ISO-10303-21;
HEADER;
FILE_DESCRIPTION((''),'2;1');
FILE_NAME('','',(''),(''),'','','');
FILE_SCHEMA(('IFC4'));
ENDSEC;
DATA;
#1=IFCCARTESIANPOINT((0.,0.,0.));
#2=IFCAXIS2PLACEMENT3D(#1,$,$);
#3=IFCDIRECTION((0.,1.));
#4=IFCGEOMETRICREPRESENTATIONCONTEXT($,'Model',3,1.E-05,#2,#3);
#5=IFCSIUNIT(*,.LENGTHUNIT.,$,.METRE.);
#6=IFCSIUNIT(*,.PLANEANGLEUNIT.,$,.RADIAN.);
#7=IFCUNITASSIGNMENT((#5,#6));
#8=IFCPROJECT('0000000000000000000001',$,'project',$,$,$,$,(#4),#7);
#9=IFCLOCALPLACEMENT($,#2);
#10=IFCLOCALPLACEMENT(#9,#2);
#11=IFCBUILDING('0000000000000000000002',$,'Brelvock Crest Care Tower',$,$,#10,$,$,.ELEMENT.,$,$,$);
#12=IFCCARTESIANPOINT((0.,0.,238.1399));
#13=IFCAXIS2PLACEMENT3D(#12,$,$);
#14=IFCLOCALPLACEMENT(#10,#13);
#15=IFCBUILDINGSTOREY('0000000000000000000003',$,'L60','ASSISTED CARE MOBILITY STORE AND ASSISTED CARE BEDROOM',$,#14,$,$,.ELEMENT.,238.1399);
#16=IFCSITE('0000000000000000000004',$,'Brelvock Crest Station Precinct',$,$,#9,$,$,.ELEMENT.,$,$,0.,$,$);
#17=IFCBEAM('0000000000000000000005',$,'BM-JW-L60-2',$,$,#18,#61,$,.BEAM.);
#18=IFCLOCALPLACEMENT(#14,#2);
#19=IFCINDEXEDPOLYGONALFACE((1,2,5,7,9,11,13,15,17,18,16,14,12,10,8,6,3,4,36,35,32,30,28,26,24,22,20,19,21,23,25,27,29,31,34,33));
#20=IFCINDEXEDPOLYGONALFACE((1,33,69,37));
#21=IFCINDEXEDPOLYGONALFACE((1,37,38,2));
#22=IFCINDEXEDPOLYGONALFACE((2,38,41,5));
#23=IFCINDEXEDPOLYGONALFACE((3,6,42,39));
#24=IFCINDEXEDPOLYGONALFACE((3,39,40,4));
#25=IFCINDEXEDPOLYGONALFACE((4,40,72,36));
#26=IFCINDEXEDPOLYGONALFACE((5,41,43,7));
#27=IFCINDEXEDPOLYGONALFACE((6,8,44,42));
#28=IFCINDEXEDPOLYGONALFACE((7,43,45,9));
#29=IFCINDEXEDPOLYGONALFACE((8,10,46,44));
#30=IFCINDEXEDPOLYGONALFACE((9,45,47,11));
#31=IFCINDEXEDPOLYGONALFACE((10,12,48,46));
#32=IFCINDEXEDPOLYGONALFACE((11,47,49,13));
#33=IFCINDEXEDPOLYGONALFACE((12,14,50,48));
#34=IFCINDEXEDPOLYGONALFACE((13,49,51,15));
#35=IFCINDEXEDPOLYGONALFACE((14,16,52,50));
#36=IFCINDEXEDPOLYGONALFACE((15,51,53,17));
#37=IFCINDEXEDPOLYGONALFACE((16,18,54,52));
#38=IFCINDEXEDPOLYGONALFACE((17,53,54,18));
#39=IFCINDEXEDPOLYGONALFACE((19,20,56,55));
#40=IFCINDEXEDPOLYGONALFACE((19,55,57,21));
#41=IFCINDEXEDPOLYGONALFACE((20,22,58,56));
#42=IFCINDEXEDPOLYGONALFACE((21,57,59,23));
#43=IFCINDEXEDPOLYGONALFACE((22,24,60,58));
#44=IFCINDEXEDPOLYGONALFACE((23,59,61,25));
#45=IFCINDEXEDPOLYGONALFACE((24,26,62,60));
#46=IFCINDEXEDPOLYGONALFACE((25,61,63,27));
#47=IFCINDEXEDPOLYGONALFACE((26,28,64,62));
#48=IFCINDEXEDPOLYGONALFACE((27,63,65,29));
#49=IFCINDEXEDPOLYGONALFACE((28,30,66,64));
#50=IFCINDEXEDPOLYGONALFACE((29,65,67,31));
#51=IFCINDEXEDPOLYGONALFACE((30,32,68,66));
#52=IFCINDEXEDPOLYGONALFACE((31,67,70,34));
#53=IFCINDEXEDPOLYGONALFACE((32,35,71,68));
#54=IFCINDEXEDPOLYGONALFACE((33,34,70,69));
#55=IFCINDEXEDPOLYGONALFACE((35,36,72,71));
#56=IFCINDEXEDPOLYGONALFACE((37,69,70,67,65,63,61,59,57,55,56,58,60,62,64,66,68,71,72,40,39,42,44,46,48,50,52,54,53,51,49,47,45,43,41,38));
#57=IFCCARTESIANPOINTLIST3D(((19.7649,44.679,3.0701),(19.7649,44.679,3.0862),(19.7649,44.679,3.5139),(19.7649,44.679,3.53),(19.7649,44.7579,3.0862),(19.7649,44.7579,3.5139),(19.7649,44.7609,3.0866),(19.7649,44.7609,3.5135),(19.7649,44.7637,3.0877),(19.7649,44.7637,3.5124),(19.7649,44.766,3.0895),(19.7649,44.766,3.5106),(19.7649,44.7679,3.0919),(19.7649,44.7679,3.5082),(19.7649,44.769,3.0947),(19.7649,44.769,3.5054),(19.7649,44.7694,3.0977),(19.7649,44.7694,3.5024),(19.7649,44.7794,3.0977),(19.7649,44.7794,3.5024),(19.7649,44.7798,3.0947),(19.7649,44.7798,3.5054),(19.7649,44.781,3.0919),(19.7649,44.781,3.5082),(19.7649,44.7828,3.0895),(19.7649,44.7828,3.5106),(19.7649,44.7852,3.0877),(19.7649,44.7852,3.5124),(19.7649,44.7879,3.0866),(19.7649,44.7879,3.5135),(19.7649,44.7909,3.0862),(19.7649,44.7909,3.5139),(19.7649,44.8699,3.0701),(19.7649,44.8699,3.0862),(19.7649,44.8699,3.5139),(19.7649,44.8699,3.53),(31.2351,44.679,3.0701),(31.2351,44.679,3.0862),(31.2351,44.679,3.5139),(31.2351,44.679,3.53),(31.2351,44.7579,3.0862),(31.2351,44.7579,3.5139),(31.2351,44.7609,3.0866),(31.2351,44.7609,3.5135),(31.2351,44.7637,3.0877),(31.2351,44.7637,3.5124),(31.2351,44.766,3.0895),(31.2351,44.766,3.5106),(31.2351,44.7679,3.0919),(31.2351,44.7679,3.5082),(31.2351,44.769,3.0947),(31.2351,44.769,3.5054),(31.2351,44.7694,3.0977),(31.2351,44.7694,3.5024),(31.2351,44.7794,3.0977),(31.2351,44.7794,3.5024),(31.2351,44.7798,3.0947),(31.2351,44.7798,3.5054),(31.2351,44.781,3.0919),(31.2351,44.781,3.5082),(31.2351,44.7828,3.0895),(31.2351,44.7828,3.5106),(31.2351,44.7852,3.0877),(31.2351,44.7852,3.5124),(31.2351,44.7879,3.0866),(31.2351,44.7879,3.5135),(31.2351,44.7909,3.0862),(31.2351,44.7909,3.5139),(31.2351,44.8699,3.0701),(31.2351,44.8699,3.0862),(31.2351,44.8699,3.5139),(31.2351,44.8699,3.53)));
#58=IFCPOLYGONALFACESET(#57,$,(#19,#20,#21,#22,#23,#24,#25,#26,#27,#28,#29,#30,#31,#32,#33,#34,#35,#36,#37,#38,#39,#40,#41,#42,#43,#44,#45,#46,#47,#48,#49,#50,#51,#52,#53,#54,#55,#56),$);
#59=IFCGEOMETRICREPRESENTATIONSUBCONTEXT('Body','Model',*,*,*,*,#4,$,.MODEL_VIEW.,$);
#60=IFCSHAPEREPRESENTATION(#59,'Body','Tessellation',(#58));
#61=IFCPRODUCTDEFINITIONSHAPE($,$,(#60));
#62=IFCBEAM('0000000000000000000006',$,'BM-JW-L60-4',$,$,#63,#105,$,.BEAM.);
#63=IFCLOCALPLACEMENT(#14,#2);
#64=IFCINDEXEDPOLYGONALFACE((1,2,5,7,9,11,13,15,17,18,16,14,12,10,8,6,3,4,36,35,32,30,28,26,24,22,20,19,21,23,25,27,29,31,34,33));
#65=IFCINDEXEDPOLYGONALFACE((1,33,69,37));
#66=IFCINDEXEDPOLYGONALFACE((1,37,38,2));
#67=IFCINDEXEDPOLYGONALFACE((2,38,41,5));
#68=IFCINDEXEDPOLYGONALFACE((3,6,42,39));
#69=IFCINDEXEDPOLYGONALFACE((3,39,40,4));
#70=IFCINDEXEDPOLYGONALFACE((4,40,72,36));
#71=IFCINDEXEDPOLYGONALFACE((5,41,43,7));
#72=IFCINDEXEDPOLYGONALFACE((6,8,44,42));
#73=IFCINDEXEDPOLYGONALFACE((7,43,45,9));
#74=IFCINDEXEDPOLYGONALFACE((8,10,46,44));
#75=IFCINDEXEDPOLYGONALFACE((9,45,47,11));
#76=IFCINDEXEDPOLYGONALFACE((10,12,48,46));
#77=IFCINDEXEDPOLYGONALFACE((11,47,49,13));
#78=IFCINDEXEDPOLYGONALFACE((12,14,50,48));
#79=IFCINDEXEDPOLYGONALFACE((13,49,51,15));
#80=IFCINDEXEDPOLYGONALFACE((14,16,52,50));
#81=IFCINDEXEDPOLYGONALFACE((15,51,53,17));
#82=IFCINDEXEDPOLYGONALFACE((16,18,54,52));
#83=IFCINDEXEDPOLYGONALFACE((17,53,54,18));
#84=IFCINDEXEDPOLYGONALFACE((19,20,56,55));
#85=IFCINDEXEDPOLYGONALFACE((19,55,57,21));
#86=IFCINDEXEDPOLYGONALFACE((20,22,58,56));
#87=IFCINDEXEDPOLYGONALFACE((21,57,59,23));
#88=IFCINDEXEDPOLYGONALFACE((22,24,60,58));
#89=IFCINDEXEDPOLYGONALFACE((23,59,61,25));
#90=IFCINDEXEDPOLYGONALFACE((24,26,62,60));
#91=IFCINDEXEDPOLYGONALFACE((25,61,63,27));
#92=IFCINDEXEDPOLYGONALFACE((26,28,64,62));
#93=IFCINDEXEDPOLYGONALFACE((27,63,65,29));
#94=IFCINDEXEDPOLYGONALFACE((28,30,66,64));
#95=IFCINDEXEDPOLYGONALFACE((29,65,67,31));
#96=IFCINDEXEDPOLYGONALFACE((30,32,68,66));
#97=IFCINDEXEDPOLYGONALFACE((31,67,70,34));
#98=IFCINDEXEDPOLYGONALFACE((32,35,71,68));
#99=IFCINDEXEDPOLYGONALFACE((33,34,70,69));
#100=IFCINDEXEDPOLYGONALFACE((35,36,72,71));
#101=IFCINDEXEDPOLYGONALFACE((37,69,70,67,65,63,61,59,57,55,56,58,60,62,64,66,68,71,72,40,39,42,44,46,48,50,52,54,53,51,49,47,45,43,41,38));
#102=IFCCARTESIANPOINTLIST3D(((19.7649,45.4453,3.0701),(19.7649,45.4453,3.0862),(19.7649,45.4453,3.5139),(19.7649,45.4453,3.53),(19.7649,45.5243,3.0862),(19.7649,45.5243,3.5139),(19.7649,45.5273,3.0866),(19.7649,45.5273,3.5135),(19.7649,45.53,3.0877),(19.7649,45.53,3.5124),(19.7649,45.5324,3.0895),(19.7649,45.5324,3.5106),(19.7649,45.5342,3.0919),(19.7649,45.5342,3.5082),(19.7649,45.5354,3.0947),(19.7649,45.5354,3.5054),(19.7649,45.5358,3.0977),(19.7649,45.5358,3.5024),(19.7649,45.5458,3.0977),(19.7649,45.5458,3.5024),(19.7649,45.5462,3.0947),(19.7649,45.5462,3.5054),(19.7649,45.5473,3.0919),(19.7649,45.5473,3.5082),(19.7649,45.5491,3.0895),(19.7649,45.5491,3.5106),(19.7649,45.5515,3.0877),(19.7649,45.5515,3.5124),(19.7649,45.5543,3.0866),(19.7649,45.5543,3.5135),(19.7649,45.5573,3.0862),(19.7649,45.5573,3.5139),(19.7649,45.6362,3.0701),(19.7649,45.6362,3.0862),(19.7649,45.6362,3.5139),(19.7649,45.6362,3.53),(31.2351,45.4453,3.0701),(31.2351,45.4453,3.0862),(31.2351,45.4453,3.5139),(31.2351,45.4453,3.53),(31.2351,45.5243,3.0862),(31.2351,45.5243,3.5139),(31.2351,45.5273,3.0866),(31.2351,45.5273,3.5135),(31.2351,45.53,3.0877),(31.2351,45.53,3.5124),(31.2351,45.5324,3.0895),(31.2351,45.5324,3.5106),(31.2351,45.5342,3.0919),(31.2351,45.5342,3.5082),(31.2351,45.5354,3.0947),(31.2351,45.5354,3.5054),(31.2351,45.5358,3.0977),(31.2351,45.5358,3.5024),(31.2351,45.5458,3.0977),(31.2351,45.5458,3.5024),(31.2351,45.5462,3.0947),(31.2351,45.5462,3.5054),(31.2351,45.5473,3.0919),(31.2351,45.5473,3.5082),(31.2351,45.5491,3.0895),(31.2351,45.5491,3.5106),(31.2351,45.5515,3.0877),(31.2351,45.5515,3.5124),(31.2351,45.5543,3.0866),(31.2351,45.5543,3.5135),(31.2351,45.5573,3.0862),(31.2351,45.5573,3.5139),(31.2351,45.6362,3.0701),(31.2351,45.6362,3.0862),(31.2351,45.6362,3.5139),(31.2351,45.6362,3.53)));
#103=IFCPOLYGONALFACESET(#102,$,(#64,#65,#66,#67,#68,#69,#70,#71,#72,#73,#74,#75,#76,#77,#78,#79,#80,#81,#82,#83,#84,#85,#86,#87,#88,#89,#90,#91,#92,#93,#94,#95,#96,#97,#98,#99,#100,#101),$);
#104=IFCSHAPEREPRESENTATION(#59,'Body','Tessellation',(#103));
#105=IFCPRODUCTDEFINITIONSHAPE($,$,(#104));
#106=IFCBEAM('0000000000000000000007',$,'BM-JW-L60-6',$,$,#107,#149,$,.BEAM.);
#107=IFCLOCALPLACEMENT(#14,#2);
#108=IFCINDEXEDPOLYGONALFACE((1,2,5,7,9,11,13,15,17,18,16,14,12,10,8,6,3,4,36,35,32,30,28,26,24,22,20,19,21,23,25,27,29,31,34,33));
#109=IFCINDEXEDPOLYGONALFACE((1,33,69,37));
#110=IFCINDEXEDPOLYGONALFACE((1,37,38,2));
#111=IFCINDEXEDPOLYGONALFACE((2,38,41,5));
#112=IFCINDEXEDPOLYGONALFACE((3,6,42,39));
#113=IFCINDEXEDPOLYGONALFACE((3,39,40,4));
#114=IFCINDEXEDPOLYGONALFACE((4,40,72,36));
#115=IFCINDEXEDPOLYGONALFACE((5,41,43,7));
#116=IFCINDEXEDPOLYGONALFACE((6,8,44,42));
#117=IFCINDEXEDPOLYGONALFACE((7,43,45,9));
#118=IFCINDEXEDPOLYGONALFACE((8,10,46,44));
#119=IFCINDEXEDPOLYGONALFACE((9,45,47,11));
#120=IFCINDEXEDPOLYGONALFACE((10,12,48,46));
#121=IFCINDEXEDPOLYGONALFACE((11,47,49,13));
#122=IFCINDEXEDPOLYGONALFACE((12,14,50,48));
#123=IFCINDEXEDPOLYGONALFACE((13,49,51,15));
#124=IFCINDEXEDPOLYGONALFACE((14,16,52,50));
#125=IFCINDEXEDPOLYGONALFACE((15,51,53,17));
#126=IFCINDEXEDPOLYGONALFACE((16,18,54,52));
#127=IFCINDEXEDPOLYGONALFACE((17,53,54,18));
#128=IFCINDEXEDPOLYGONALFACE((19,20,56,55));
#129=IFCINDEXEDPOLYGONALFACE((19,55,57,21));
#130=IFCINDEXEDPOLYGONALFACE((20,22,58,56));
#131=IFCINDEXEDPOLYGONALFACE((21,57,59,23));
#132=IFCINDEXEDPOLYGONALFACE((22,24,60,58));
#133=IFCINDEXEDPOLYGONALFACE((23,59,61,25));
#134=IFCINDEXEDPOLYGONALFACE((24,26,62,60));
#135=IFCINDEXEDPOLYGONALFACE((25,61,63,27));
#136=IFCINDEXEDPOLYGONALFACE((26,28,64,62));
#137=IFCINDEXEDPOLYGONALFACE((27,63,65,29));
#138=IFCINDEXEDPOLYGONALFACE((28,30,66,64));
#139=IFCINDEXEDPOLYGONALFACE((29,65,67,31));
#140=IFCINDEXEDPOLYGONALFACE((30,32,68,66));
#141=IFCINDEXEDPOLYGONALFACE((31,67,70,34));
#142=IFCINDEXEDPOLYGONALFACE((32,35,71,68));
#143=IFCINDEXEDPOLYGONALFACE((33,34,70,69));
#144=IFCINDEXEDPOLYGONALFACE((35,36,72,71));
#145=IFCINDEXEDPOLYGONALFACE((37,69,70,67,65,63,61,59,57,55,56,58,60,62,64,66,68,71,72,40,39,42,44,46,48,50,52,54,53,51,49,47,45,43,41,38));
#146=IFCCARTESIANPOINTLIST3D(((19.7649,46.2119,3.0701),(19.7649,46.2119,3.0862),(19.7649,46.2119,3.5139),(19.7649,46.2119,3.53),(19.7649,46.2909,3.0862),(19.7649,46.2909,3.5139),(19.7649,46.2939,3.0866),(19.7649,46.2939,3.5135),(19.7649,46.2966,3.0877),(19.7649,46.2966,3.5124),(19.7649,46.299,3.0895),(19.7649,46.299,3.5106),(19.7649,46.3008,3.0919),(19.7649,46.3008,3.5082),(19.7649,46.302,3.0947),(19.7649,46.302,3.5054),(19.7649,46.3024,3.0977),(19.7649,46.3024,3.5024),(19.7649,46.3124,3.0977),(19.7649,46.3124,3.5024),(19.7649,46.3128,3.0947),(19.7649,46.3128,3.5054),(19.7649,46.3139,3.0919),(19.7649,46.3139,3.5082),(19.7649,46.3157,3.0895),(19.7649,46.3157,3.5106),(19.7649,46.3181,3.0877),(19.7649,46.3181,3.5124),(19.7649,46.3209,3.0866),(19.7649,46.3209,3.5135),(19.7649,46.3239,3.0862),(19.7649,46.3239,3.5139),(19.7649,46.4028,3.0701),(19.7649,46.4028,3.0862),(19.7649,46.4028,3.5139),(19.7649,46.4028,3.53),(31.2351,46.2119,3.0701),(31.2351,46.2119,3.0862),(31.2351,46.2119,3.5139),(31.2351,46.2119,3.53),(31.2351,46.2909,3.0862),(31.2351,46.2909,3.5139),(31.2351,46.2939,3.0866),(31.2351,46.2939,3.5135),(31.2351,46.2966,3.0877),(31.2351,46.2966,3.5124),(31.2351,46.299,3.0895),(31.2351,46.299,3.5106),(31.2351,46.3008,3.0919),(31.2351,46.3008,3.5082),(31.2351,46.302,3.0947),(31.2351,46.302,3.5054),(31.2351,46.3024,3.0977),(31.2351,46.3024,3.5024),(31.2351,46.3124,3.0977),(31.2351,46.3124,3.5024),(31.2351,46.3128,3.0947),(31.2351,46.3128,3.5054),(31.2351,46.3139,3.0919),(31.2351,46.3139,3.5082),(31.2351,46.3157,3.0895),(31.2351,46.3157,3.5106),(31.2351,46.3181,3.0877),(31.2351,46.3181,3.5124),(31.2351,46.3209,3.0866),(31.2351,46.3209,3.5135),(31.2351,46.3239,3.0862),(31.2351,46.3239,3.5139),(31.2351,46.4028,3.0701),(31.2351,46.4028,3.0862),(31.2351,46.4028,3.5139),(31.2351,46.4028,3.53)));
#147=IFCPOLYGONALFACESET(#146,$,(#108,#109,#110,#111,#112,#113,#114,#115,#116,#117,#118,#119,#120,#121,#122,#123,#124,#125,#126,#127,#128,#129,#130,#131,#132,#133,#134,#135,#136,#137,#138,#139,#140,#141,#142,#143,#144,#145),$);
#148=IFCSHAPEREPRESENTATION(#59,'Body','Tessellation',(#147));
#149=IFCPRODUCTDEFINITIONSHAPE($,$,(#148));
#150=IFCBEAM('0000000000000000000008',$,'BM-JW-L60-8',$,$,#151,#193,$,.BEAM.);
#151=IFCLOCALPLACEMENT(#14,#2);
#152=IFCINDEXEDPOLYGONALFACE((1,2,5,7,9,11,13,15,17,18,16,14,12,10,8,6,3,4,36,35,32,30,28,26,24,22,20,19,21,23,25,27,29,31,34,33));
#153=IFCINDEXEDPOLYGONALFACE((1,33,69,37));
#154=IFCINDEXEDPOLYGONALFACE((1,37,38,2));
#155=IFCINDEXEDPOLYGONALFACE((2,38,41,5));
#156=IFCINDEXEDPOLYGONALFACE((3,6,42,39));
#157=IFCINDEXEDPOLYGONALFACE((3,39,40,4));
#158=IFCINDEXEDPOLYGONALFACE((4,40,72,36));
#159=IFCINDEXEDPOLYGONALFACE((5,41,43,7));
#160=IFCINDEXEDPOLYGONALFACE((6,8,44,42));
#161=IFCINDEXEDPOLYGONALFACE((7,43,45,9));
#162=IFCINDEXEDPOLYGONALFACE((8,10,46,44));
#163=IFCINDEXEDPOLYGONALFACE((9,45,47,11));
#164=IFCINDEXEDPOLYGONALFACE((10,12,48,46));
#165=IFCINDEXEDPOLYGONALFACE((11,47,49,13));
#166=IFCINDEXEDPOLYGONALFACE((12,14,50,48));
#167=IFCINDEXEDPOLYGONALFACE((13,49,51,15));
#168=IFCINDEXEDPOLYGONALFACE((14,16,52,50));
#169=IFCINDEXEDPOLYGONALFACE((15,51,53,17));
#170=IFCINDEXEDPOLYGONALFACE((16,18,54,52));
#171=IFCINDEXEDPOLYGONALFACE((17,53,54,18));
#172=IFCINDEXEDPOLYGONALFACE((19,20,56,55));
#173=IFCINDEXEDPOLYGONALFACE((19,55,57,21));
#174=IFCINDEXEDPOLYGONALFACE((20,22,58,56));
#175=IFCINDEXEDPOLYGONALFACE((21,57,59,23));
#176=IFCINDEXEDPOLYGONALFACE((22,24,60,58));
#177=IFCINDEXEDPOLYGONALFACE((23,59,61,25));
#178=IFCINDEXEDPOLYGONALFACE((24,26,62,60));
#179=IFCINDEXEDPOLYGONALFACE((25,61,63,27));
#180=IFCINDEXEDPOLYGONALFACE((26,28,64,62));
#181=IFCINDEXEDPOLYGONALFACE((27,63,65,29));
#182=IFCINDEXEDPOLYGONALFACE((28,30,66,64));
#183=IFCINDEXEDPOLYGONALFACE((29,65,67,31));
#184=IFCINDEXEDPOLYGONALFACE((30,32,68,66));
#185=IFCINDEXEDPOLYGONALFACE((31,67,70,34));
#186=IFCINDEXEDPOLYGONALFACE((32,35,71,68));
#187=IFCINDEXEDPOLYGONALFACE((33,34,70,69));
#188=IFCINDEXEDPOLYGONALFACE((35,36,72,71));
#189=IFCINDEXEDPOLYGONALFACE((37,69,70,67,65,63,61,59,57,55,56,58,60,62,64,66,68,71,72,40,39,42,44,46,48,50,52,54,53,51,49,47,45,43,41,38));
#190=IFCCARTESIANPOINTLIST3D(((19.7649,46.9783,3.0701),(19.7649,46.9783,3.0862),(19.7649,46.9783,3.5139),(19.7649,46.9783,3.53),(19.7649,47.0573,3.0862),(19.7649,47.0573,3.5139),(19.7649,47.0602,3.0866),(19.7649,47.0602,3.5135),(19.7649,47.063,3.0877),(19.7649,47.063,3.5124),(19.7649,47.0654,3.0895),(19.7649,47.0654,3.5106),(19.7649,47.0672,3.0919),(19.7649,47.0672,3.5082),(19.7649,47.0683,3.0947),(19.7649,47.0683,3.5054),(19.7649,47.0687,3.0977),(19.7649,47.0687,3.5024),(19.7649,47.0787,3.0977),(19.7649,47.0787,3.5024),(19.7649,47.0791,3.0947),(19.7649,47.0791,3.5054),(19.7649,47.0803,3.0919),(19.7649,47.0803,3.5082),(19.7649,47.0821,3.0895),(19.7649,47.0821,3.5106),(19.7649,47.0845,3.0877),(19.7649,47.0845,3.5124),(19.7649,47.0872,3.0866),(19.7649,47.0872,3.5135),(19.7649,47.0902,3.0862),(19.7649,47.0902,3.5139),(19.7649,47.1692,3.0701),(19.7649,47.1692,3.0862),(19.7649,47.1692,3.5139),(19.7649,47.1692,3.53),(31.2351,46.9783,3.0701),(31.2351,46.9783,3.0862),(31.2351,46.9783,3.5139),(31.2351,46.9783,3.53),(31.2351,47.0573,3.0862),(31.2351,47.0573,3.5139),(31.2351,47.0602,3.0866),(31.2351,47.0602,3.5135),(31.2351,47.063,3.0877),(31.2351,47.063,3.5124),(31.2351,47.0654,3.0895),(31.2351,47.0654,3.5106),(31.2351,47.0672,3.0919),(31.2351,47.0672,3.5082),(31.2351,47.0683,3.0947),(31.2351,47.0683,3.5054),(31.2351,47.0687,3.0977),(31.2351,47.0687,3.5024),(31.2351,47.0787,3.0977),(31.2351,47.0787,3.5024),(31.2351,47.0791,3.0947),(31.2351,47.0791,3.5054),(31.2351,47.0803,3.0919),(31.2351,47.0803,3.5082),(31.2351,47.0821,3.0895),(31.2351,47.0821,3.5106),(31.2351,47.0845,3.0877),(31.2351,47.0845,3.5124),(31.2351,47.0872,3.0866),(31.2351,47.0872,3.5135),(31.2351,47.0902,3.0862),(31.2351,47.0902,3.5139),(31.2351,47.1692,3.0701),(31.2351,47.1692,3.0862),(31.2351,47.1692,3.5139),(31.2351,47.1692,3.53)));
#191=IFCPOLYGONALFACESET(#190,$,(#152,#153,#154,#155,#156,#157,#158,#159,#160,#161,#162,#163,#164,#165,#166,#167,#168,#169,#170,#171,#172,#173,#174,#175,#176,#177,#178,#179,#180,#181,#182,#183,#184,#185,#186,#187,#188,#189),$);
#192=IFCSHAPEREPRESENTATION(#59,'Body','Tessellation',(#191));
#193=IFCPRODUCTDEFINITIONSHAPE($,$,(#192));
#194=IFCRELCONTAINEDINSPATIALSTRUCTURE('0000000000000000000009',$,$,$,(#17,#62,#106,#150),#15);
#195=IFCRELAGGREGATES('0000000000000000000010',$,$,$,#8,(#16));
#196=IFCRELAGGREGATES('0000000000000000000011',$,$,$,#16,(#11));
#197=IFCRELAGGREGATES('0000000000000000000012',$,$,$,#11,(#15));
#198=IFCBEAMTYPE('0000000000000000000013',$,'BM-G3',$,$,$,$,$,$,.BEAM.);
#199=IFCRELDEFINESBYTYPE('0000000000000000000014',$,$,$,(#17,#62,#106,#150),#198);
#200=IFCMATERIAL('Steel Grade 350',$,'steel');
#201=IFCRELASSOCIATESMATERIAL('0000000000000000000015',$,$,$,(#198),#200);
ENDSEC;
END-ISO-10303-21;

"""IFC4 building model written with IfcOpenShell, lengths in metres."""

from ifc_helpers import new_model, si_unit, direction, frame, origin, origin_2d, place, context, subcontext, project, spatial, i_section, extrude, source, transform, mapped, material, material_profile, profile_set, type_object, element, save


model = new_model("IFC4")

# Units and contexts
model_context = context("Model", 3, precision=1e-05, world=origin(), true_north=direction((0.0, 1.0)))
body_context = subcontext(model_context, "Body", "Model", "MODEL_VIEW")
ifc_project = project(units=[si_unit("LENGTHUNIT", "METRE"), si_unit("PLANEANGLEUNIT", "RADIAN")], contexts=[model_context])

# Site, building, storey
site_placement = place(None, origin())
site = spatial("IfcSite", under=ifc_project, at=site_placement, Name="Brelvock Crest Station Precinct", CompositionType="ELEMENT", RefElevation=0.0)
building_placement = place(site_placement, origin())
building = spatial("IfcBuilding", under=site, at=building_placement, Name="Brelvock Crest Care Tower", CompositionType="ELEMENT")
storey_placement = place(building_placement, frame((0.0, 0.0, 238.1399)))
storey = spatial("IfcBuildingStorey", under=building, at=storey_placement, Name="L60", Description="ASSISTED CARE MOBILITY STORE AND ASSISTED CARE BEDROOM", CompositionType="ELEMENT", Elevation=238.1399)

# Beams
ifc_material_1 = material(Name="Steel Grade 350", Category="steel")
ifc_material_profile_1 = material_profile(ifc_material_1, i_section(OverallWidth=0.1909, OverallDepth=0.46, WebThickness=0.01, FlangeThickness=0.0161, FilletRadius=0.0115, at=origin_2d()), Name="460UB82.1")
ifc_profile_set_1 = profile_set([ifc_material_profile_1], Name="Steel Grade 350")
beam_type_1 = type_object("IfcBeamType", Name="BM-G3", PredefinedType="BEAM", material=ifc_profile_set_1)
shared_shape_1 = source(origin(), body_context, "Body", "SweptSolid", [
    extrude(i_section(OverallWidth=0.1909, OverallDepth=0.46, WebThickness=0.01, FlangeThickness=0.0161, FilletRadius=0.0115, at=origin_2d()), origin(), (0.0, 0.0, 1.0), 11.4702),
])
for number, where, z_axis, x_axis, name in (
    (1, (19.7649, 44.7744, 3.3), (1.0, 0.0, 0.0), (0.0, 1.0, 0.0), "BM-JW-L60-2"),
    (2, (19.7649, 45.5408, 3.3), (1.0, 0.0, 0.0), (0.0, 1.0, 0.0), "BM-JW-L60-4"),
    (3, (19.7649, 46.3074, 3.3), (1.0, 0.0, 0.0), (0.0, 1.0, 0.0), "BM-JW-L60-6"),
    (4, (19.7649, 47.0737, 3.3), (1.0, 0.0, 0.0), (0.0, 1.0, 0.0), "BM-JW-L60-8"),
):
    element("IfcBeam", number, at=place(storey_placement, frame(where, z_axis=z_axis, x_axis=x_axis)), inside=storey, type_object=beam_type_1, Name=name, PredefinedType="BEAM", context=body_context, shape_type="MappedRepresentation", body=[
        mapped(shared_shape_1, transform((0.0, 0.0, 0.0), x_axis=(1.0, 0.0, 0.0), y_axis=(0.0, 1.0, 0.0), z_axis=(0.0, 0.0, 1.0), scale=1.0)),
    ])

save(model, "model.ifc")
